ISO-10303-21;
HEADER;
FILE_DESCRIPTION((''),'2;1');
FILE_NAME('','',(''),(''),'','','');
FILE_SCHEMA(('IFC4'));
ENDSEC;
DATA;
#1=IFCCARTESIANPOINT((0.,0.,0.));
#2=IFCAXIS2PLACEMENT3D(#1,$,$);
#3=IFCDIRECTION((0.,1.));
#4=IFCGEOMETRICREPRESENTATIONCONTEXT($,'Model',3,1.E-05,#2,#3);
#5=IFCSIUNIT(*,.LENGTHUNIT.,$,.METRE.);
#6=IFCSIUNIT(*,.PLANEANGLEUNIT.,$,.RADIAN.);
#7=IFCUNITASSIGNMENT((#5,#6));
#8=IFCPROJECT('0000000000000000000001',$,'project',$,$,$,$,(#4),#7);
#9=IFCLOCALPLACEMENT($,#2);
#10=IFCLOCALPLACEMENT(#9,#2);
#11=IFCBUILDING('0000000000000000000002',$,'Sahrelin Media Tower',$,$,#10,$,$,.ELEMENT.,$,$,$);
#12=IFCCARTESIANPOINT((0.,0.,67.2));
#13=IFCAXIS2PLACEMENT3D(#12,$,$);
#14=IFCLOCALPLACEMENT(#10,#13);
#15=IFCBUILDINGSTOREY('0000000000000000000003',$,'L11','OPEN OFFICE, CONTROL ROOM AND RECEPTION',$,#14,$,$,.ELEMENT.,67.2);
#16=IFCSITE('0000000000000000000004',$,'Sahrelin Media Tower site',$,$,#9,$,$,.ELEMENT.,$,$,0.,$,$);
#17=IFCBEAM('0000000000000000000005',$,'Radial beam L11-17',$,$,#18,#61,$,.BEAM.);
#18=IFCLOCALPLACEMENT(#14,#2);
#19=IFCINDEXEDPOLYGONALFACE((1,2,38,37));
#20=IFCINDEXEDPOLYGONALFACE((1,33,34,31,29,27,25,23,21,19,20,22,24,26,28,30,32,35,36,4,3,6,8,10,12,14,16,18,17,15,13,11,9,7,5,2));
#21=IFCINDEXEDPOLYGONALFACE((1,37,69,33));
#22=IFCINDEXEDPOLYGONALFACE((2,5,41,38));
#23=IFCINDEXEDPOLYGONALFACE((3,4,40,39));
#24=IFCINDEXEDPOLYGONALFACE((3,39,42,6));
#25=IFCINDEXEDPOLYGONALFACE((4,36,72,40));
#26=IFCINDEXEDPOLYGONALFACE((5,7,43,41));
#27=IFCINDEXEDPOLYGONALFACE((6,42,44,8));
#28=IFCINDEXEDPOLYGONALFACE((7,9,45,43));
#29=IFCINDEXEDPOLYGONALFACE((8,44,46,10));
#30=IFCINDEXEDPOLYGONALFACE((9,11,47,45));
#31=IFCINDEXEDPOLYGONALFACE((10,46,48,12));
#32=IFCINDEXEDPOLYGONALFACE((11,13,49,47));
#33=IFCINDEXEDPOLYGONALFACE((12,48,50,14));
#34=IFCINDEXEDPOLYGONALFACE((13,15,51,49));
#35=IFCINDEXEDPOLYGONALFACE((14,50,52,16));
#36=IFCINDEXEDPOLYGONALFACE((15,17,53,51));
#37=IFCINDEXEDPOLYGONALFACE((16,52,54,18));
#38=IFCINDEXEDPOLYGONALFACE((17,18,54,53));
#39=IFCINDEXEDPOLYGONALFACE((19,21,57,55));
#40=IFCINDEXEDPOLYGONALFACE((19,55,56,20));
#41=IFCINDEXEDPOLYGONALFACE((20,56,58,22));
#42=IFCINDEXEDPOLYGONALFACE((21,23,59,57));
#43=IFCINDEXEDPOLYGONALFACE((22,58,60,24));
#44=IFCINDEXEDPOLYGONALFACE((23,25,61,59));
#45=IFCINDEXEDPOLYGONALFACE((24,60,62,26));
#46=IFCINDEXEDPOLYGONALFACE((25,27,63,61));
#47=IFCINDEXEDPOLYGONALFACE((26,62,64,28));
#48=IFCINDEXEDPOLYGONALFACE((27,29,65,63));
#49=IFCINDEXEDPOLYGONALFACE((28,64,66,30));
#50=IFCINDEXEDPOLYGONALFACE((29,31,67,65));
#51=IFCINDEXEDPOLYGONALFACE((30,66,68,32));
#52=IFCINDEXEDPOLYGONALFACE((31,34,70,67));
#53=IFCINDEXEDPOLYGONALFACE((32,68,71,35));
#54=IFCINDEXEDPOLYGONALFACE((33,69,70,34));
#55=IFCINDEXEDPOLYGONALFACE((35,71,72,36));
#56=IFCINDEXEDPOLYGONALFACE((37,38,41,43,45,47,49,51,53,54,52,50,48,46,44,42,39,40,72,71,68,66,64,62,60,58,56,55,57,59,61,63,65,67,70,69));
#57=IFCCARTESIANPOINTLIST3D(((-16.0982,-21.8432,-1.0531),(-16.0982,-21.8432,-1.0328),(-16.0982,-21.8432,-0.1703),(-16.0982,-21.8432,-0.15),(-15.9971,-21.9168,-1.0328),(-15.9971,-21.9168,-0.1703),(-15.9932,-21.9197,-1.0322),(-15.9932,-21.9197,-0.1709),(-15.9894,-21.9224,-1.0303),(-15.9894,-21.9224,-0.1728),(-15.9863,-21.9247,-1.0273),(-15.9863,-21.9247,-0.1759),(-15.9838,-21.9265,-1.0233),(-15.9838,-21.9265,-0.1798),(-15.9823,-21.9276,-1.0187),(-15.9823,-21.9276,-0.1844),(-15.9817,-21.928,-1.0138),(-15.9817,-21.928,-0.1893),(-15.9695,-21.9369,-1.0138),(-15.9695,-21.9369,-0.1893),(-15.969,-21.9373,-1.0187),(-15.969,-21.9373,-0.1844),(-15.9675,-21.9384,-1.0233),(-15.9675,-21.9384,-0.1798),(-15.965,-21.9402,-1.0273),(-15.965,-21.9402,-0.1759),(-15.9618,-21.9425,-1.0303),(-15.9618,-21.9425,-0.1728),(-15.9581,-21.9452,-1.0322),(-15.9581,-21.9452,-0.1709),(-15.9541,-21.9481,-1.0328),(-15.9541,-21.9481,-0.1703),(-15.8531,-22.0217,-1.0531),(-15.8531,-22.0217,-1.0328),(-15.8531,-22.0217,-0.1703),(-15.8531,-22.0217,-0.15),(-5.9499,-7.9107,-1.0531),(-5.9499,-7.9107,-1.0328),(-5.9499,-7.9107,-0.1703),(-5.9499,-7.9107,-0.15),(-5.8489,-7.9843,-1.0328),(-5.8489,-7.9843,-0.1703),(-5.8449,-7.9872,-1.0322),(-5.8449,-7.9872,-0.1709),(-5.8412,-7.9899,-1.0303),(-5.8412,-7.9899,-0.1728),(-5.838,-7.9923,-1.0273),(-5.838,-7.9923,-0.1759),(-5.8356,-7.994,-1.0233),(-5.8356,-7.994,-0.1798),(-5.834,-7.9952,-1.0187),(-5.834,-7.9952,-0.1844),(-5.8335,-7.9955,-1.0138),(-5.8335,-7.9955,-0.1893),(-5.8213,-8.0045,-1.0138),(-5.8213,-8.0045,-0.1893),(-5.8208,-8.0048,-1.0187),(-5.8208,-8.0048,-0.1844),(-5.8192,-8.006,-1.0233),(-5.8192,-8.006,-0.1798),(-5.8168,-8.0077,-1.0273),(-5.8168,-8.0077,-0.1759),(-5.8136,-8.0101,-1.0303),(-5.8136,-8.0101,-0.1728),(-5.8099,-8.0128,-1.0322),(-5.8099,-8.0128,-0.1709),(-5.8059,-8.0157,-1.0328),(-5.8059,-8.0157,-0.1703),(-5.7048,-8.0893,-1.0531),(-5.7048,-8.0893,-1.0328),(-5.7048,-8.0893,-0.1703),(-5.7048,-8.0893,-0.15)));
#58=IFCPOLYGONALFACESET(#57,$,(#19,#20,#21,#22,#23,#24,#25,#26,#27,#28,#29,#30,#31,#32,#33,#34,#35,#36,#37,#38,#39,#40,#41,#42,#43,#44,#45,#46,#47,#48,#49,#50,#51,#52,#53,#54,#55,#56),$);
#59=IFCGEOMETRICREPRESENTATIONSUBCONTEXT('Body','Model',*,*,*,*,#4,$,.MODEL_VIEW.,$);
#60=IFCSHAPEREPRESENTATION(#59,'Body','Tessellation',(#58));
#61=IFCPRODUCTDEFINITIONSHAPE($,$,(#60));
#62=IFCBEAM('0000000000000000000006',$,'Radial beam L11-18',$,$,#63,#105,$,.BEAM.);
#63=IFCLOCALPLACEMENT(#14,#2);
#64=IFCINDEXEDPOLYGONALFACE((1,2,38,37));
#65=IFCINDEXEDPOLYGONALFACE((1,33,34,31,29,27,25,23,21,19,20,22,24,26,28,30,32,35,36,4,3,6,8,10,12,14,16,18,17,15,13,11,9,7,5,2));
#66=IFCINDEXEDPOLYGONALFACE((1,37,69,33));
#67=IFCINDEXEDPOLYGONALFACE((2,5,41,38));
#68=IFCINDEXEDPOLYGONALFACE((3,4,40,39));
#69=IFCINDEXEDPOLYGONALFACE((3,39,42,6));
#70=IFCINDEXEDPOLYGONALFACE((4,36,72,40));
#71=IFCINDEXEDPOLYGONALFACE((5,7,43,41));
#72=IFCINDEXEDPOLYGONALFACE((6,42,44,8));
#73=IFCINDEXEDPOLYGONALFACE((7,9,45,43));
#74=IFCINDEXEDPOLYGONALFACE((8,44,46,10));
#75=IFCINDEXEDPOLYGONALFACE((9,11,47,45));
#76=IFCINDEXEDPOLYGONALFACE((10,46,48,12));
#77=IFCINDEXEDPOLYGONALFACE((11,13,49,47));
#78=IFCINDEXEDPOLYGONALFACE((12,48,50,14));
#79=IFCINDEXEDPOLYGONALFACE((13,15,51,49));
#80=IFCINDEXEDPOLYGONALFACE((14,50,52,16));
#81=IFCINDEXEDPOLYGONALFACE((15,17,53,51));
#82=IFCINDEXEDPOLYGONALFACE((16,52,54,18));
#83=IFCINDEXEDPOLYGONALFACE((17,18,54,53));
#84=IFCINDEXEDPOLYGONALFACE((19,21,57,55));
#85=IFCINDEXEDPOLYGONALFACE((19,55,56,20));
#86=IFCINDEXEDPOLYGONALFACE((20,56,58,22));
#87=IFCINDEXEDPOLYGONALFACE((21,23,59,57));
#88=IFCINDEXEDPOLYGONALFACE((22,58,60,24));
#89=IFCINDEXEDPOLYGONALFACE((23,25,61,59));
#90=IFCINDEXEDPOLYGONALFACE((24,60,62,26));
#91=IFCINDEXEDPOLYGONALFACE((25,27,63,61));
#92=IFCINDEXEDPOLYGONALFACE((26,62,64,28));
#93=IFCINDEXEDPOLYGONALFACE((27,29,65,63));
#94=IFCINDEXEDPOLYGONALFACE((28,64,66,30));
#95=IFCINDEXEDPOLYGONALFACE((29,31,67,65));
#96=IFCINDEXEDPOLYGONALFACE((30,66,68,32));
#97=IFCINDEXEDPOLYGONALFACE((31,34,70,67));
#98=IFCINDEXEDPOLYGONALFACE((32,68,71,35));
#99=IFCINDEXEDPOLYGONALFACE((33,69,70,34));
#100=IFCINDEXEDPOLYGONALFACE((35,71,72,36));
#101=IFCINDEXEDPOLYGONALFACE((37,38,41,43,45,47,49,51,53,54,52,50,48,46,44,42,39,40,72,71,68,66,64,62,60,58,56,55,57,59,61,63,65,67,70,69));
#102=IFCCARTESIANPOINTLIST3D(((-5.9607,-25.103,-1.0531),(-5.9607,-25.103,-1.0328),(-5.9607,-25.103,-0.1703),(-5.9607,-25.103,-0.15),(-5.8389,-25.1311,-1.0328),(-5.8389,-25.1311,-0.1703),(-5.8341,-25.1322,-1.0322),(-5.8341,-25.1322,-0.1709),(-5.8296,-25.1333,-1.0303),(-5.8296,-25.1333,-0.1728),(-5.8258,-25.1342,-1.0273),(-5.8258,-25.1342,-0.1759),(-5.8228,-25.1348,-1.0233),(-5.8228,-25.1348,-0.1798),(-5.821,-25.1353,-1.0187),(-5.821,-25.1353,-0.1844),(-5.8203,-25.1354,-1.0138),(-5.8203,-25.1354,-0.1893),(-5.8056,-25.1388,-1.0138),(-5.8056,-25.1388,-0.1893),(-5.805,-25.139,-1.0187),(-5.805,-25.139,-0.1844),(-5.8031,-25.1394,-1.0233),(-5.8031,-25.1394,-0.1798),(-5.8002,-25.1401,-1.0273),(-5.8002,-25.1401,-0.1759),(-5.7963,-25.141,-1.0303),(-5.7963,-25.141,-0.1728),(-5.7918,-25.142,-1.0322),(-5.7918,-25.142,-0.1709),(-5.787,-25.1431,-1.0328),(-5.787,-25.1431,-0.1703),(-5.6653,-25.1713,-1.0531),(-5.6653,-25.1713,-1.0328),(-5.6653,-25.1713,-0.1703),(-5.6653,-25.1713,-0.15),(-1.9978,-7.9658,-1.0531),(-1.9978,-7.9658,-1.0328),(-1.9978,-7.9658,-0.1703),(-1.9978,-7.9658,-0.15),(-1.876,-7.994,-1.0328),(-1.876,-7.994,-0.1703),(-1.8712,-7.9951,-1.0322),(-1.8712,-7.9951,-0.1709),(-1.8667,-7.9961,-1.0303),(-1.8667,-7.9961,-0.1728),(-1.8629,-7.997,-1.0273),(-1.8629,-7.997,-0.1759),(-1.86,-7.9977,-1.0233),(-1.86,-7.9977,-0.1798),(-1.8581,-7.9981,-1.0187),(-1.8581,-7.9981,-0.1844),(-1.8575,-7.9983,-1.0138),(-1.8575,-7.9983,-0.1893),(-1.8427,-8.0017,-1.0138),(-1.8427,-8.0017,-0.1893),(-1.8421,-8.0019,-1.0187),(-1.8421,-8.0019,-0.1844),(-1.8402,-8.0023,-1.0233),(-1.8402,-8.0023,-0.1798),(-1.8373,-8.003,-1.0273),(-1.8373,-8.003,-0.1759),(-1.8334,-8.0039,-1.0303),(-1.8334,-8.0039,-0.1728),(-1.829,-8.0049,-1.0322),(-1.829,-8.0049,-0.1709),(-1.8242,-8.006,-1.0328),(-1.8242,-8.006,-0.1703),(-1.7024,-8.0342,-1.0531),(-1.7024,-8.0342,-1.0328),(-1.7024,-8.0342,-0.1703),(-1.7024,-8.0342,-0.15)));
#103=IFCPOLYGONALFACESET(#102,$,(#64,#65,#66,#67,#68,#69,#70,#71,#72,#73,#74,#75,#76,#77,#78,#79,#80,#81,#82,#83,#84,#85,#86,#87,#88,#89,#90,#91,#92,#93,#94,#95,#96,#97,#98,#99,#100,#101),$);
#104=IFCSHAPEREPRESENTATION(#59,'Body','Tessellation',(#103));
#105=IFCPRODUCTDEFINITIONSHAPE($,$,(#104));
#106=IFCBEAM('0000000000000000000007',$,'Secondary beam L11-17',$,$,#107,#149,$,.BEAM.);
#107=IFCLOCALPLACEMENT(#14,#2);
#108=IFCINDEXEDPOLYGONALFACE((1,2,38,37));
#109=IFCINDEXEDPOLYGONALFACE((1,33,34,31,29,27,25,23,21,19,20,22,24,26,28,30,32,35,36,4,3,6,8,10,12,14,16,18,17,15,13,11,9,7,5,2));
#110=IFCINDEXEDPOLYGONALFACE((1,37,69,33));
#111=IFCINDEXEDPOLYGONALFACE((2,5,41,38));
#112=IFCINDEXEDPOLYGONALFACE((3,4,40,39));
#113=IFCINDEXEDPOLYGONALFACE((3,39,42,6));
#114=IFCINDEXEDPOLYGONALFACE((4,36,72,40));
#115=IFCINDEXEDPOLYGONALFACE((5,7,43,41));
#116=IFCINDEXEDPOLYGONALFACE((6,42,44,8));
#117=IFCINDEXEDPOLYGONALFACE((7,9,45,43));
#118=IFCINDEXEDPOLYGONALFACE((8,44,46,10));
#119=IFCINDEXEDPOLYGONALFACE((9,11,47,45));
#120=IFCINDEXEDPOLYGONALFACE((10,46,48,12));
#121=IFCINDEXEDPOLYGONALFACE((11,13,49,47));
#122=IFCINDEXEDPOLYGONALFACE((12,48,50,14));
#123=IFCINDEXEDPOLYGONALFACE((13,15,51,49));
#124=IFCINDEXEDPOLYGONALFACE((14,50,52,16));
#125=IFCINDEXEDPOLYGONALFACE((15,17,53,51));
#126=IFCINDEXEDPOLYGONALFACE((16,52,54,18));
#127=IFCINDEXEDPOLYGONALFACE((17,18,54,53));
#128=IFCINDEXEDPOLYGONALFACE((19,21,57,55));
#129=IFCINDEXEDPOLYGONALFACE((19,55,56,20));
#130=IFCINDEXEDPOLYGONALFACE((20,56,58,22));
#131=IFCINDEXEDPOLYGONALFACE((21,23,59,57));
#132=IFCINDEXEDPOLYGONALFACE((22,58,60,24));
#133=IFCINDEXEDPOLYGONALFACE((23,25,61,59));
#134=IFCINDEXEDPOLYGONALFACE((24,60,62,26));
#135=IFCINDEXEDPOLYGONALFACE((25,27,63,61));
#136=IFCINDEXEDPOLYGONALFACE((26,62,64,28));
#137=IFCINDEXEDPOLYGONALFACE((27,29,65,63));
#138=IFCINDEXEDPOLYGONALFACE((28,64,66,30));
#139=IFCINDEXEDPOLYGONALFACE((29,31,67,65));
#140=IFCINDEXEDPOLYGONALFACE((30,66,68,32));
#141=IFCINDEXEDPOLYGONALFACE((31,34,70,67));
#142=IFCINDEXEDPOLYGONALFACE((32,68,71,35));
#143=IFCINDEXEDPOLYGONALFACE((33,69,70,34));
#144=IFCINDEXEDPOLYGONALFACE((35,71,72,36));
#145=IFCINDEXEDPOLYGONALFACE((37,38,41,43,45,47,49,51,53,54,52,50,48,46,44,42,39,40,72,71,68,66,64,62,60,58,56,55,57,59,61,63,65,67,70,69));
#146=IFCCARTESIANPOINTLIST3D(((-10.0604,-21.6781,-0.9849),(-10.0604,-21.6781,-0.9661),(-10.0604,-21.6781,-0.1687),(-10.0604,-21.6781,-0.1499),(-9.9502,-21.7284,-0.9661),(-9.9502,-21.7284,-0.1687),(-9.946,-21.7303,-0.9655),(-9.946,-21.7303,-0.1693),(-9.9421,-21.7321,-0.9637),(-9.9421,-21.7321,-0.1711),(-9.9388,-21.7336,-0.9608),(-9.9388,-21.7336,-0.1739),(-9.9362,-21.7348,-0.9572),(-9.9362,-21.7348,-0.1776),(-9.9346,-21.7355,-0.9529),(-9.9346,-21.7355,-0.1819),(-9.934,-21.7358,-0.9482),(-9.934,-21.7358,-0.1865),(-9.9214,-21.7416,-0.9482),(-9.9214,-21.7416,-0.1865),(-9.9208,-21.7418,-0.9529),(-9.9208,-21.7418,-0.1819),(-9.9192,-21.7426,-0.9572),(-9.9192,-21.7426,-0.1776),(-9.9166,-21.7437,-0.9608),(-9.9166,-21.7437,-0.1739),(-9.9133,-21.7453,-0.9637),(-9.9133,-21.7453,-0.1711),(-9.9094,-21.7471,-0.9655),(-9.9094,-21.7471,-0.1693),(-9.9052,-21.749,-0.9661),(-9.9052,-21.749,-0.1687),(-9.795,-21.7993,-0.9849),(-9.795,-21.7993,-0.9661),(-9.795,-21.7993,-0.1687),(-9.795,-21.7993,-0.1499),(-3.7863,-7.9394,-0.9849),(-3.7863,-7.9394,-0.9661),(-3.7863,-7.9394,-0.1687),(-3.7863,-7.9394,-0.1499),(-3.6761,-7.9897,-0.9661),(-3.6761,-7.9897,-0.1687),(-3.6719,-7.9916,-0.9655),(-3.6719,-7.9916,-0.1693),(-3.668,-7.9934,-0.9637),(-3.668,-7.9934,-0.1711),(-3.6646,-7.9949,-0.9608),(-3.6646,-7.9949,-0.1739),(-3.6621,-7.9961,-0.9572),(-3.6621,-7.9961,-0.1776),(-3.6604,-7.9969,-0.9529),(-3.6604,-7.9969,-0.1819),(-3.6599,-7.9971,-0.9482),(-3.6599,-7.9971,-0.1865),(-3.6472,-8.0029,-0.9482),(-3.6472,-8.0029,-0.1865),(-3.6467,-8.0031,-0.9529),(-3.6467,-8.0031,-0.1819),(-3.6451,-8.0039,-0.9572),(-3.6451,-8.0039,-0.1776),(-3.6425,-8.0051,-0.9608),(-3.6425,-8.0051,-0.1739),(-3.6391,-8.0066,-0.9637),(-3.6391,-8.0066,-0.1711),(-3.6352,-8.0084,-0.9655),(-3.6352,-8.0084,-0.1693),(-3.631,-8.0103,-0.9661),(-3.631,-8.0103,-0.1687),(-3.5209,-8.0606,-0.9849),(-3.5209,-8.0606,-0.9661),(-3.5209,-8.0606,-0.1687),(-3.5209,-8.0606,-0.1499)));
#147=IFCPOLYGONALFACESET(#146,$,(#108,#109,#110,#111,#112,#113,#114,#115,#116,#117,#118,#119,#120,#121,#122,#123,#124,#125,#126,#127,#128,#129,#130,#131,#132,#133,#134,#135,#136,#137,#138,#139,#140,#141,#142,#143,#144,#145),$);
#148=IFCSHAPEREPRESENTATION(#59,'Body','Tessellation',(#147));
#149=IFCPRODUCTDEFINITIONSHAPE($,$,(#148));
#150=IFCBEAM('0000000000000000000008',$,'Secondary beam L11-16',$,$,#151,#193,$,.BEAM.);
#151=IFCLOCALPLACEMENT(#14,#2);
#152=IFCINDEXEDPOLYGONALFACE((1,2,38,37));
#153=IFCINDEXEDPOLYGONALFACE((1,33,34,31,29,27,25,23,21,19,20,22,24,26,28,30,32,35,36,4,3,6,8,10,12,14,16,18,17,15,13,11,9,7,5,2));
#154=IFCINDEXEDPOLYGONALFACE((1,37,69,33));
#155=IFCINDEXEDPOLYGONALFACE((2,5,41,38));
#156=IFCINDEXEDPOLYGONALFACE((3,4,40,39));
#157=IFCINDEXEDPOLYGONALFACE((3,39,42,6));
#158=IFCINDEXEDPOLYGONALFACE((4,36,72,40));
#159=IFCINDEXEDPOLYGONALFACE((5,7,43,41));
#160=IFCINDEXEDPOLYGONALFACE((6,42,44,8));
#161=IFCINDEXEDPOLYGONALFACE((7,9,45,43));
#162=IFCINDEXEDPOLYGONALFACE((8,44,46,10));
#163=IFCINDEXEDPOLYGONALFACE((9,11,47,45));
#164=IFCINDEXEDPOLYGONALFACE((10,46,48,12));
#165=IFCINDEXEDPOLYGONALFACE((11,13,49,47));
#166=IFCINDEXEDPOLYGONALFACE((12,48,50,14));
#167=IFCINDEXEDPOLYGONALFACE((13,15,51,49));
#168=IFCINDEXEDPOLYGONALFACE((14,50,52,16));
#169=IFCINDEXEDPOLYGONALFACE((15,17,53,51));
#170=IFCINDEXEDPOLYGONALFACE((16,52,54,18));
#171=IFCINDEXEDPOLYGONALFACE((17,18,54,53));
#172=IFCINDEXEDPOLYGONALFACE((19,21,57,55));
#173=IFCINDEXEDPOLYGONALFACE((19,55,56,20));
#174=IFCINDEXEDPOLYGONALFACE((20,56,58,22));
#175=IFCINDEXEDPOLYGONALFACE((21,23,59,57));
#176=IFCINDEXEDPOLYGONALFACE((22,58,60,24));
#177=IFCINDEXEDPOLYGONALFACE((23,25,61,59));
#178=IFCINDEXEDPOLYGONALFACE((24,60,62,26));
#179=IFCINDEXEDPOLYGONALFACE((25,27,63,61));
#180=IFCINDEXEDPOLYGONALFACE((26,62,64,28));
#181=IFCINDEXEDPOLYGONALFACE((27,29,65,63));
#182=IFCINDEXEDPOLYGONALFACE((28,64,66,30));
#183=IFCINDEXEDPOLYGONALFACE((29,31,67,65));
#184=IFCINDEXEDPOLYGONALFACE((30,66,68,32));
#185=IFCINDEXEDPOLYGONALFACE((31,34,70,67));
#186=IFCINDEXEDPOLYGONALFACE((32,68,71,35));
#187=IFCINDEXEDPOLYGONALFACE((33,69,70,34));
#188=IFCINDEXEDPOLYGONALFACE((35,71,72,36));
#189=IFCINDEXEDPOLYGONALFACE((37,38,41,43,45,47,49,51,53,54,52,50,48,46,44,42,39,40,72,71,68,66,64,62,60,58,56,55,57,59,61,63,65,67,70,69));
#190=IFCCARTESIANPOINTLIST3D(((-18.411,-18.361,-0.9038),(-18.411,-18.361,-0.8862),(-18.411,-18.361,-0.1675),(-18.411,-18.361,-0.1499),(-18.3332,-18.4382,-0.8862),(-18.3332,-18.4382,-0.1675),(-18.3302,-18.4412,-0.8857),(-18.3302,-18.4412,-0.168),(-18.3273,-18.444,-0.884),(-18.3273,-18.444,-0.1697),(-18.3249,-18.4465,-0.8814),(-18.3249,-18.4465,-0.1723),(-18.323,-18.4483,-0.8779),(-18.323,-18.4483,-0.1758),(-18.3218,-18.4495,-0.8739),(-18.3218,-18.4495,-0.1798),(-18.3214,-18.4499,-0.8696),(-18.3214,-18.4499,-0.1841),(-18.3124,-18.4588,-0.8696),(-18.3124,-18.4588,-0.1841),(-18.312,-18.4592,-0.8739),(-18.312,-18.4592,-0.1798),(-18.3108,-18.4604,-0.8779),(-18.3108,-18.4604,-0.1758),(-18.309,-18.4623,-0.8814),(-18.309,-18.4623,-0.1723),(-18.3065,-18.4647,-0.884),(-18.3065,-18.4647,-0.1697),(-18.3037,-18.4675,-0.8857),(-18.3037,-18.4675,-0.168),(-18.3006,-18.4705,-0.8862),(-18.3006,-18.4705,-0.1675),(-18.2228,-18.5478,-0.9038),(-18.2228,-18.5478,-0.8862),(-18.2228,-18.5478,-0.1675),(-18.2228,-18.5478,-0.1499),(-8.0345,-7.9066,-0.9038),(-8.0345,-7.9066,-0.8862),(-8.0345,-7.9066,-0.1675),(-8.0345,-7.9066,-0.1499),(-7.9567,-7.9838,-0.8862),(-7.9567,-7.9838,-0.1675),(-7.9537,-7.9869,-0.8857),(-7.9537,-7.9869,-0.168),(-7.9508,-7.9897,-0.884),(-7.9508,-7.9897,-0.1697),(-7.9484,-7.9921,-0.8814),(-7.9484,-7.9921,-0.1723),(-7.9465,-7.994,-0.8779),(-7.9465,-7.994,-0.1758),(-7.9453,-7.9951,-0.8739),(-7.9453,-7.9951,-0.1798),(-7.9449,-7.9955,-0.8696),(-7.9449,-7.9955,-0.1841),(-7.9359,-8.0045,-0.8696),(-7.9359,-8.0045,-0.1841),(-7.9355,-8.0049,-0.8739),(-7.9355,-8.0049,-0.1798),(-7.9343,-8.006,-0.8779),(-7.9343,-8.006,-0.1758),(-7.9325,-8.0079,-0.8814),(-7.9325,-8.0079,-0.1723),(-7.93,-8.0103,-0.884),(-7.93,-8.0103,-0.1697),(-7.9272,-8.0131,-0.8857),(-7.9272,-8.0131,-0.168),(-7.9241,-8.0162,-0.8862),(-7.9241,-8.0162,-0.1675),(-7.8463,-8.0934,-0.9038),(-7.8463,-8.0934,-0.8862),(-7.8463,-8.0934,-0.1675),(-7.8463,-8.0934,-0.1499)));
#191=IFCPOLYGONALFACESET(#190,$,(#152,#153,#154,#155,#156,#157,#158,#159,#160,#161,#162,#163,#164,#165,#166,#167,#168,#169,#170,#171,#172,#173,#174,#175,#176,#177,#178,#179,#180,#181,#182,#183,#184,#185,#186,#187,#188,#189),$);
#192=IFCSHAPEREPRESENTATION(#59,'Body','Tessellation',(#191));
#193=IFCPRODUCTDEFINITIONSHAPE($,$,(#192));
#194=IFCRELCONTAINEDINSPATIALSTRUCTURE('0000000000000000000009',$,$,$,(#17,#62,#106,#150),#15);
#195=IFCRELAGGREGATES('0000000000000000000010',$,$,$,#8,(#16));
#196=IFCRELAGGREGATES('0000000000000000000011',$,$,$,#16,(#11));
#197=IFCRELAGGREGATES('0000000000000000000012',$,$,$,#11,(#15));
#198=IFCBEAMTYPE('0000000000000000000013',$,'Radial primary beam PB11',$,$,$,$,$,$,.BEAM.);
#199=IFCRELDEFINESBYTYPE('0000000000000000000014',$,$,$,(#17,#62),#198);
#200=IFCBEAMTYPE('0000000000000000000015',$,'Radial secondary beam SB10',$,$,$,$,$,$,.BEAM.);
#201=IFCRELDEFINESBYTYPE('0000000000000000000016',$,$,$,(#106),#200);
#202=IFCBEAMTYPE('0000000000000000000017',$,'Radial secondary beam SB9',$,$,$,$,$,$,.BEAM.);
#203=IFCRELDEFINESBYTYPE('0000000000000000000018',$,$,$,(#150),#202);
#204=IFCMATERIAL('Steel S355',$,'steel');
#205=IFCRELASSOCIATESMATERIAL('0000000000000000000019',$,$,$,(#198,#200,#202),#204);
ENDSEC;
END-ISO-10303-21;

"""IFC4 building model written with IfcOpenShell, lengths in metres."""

from ifc_helpers import new_model, si_unit, direction, frame, origin, origin_2d, place, context, subcontext, project, spatial, i_section, extrude, material, material_profile, profile_set, type_object, element, save


model = new_model("IFC4")

# Units and contexts
model_context = context("Model", 3, precision=1e-05, world=origin(), true_north=direction((0.0, 1.0)))
body_context = subcontext(model_context, "Body", "Model", "MODEL_VIEW")
ifc_project = project(units=[si_unit("LENGTHUNIT", "METRE"), si_unit("PLANEANGLEUNIT", "RADIAN")], contexts=[model_context])

# Site, building, storey
site_placement = place(None, origin())
site = spatial("IfcSite", under=ifc_project, at=site_placement, Name="Sahrelin Media Tower site", CompositionType="ELEMENT", RefElevation=0.0)
building_placement = place(site_placement, origin())
building = spatial("IfcBuilding", under=site, at=building_placement, Name="Sahrelin Media Tower", CompositionType="ELEMENT")
storey_placement = place(building_placement, frame((0.0, 0.0, 67.2)))
storey = spatial("IfcBuildingStorey", under=building, at=storey_placement, Name="L11", Description="OPEN OFFICE, CONTROL ROOM AND RECEPTION", CompositionType="ELEMENT", Elevation=67.2)

# Beams
ifc_material_1 = material(Name="Steel S355", Category="steel")
ifc_material_profile_1 = material_profile(ifc_material_1, i_section(OverallWidth=0.3032, OverallDepth=0.9031, WebThickness=0.0151, FlangeThickness=0.0203, FilletRadius=0.019, at=origin_2d()), Name="UB 914x305x201")
ifc_profile_set_1 = profile_set([ifc_material_profile_1], Name="Steel S355")
beam_type_1 = type_object("IfcBeamType", Name="Radial primary beam PB11", PredefinedType="BEAM", material=ifc_profile_set_1)
beam_1_placement = place(storey_placement, frame((-5.8274, -8.0, -0.6016), z_axis=(-0.588762, -0.808307, 0.0), x_axis=(0.808307, -0.588762, 0.0)))
element("IfcBeam", 1, at=beam_1_placement, inside=storey, type_object=beam_type_1, Name="Radial beam L11-17", PredefinedType="BEAM", context=body_context, shape_type="SweptSolid", body=[
    extrude(i_section(OverallWidth=0.3032, OverallDepth=0.9031, WebThickness=0.0151, FlangeThickness=0.0203, FilletRadius=0.019, at=origin_2d()), origin(), (0.0, 0.0, 1.0), 17.2366),
])
beam_2_placement = place(storey_placement, frame((-1.8501, -8.0, -0.6016), z_axis=(-0.225299, -0.97429, 0.0), x_axis=(0.97429, -0.225299, 0.0)))
element("IfcBeam", 2, at=beam_2_placement, inside=storey, type_object=beam_type_1, Name="Radial beam L11-18", PredefinedType="BEAM", context=body_context, shape_type="SweptSolid", body=[
    extrude(i_section(OverallWidth=0.3032, OverallDepth=0.9031, WebThickness=0.0151, FlangeThickness=0.0203, FilletRadius=0.019, at=origin_2d()), origin(), (0.0, 0.0, 1.0), 17.5894),
])
ifc_material_profile_2 = material_profile(ifc_material_1, i_section(OverallWidth=0.2917, OverallDepth=0.835, WebThickness=0.0139, FlangeThickness=0.0188, FilletRadius=0.0178, at=origin_2d()), Name="UB 838x292x176")
ifc_profile_set_2 = profile_set([ifc_material_profile_2], Name="Steel S355")
beam_type_2 = type_object("IfcBeamType", Name="Radial secondary beam SB10", PredefinedType="BEAM", material=ifc_profile_set_2)
beam_3_placement = place(storey_placement, frame((-3.6536, -8.0, -0.5674), z_axis=(-0.415409, -0.909635, 0.0), x_axis=(0.909635, -0.415409, 0.0)))
element("IfcBeam", 3, at=beam_3_placement, inside=storey, type_object=beam_type_2, Name="Secondary beam L11-17", PredefinedType="BEAM", context=body_context, shape_type="SweptSolid", body=[
    extrude(i_section(OverallWidth=0.2917, OverallDepth=0.835, WebThickness=0.0139, FlangeThickness=0.0188, FilletRadius=0.0178, at=origin_2d()), origin(), (0.0, 0.0, 1.0), 15.1035),
])
ifc_material_profile_3 = material_profile(ifc_material_1, i_section(OverallWidth=0.2651, OverallDepth=0.7539, WebThickness=0.0127, FlangeThickness=0.0176, FilletRadius=0.0166, at=origin_2d()), Name="UB 762x267x147")
ifc_profile_set_3 = profile_set([ifc_material_profile_3], Name="Steel S355")
beam_type_3 = type_object("IfcBeamType", Name="Radial secondary beam SB9", PredefinedType="BEAM", material=ifc_profile_set_3)
beam_4_placement = place(storey_placement, frame((-7.9404, -8.0, -0.5269), z_axis=(-0.704458, -0.709746, 0.0), x_axis=(0.709746, -0.704458, 0.0)))
element("IfcBeam", 4, at=beam_4_placement, inside=storey, type_object=beam_type_3, Name="Secondary beam L11-16", PredefinedType="BEAM", context=body_context, shape_type="SweptSolid", body=[
    extrude(i_section(OverallWidth=0.2651, OverallDepth=0.7539, WebThickness=0.0127, FlangeThickness=0.0176, FilletRadius=0.0166, at=origin_2d()), origin(), (0.0, 0.0, 1.0), 14.7297),
])

save(model, "model.ifc")
